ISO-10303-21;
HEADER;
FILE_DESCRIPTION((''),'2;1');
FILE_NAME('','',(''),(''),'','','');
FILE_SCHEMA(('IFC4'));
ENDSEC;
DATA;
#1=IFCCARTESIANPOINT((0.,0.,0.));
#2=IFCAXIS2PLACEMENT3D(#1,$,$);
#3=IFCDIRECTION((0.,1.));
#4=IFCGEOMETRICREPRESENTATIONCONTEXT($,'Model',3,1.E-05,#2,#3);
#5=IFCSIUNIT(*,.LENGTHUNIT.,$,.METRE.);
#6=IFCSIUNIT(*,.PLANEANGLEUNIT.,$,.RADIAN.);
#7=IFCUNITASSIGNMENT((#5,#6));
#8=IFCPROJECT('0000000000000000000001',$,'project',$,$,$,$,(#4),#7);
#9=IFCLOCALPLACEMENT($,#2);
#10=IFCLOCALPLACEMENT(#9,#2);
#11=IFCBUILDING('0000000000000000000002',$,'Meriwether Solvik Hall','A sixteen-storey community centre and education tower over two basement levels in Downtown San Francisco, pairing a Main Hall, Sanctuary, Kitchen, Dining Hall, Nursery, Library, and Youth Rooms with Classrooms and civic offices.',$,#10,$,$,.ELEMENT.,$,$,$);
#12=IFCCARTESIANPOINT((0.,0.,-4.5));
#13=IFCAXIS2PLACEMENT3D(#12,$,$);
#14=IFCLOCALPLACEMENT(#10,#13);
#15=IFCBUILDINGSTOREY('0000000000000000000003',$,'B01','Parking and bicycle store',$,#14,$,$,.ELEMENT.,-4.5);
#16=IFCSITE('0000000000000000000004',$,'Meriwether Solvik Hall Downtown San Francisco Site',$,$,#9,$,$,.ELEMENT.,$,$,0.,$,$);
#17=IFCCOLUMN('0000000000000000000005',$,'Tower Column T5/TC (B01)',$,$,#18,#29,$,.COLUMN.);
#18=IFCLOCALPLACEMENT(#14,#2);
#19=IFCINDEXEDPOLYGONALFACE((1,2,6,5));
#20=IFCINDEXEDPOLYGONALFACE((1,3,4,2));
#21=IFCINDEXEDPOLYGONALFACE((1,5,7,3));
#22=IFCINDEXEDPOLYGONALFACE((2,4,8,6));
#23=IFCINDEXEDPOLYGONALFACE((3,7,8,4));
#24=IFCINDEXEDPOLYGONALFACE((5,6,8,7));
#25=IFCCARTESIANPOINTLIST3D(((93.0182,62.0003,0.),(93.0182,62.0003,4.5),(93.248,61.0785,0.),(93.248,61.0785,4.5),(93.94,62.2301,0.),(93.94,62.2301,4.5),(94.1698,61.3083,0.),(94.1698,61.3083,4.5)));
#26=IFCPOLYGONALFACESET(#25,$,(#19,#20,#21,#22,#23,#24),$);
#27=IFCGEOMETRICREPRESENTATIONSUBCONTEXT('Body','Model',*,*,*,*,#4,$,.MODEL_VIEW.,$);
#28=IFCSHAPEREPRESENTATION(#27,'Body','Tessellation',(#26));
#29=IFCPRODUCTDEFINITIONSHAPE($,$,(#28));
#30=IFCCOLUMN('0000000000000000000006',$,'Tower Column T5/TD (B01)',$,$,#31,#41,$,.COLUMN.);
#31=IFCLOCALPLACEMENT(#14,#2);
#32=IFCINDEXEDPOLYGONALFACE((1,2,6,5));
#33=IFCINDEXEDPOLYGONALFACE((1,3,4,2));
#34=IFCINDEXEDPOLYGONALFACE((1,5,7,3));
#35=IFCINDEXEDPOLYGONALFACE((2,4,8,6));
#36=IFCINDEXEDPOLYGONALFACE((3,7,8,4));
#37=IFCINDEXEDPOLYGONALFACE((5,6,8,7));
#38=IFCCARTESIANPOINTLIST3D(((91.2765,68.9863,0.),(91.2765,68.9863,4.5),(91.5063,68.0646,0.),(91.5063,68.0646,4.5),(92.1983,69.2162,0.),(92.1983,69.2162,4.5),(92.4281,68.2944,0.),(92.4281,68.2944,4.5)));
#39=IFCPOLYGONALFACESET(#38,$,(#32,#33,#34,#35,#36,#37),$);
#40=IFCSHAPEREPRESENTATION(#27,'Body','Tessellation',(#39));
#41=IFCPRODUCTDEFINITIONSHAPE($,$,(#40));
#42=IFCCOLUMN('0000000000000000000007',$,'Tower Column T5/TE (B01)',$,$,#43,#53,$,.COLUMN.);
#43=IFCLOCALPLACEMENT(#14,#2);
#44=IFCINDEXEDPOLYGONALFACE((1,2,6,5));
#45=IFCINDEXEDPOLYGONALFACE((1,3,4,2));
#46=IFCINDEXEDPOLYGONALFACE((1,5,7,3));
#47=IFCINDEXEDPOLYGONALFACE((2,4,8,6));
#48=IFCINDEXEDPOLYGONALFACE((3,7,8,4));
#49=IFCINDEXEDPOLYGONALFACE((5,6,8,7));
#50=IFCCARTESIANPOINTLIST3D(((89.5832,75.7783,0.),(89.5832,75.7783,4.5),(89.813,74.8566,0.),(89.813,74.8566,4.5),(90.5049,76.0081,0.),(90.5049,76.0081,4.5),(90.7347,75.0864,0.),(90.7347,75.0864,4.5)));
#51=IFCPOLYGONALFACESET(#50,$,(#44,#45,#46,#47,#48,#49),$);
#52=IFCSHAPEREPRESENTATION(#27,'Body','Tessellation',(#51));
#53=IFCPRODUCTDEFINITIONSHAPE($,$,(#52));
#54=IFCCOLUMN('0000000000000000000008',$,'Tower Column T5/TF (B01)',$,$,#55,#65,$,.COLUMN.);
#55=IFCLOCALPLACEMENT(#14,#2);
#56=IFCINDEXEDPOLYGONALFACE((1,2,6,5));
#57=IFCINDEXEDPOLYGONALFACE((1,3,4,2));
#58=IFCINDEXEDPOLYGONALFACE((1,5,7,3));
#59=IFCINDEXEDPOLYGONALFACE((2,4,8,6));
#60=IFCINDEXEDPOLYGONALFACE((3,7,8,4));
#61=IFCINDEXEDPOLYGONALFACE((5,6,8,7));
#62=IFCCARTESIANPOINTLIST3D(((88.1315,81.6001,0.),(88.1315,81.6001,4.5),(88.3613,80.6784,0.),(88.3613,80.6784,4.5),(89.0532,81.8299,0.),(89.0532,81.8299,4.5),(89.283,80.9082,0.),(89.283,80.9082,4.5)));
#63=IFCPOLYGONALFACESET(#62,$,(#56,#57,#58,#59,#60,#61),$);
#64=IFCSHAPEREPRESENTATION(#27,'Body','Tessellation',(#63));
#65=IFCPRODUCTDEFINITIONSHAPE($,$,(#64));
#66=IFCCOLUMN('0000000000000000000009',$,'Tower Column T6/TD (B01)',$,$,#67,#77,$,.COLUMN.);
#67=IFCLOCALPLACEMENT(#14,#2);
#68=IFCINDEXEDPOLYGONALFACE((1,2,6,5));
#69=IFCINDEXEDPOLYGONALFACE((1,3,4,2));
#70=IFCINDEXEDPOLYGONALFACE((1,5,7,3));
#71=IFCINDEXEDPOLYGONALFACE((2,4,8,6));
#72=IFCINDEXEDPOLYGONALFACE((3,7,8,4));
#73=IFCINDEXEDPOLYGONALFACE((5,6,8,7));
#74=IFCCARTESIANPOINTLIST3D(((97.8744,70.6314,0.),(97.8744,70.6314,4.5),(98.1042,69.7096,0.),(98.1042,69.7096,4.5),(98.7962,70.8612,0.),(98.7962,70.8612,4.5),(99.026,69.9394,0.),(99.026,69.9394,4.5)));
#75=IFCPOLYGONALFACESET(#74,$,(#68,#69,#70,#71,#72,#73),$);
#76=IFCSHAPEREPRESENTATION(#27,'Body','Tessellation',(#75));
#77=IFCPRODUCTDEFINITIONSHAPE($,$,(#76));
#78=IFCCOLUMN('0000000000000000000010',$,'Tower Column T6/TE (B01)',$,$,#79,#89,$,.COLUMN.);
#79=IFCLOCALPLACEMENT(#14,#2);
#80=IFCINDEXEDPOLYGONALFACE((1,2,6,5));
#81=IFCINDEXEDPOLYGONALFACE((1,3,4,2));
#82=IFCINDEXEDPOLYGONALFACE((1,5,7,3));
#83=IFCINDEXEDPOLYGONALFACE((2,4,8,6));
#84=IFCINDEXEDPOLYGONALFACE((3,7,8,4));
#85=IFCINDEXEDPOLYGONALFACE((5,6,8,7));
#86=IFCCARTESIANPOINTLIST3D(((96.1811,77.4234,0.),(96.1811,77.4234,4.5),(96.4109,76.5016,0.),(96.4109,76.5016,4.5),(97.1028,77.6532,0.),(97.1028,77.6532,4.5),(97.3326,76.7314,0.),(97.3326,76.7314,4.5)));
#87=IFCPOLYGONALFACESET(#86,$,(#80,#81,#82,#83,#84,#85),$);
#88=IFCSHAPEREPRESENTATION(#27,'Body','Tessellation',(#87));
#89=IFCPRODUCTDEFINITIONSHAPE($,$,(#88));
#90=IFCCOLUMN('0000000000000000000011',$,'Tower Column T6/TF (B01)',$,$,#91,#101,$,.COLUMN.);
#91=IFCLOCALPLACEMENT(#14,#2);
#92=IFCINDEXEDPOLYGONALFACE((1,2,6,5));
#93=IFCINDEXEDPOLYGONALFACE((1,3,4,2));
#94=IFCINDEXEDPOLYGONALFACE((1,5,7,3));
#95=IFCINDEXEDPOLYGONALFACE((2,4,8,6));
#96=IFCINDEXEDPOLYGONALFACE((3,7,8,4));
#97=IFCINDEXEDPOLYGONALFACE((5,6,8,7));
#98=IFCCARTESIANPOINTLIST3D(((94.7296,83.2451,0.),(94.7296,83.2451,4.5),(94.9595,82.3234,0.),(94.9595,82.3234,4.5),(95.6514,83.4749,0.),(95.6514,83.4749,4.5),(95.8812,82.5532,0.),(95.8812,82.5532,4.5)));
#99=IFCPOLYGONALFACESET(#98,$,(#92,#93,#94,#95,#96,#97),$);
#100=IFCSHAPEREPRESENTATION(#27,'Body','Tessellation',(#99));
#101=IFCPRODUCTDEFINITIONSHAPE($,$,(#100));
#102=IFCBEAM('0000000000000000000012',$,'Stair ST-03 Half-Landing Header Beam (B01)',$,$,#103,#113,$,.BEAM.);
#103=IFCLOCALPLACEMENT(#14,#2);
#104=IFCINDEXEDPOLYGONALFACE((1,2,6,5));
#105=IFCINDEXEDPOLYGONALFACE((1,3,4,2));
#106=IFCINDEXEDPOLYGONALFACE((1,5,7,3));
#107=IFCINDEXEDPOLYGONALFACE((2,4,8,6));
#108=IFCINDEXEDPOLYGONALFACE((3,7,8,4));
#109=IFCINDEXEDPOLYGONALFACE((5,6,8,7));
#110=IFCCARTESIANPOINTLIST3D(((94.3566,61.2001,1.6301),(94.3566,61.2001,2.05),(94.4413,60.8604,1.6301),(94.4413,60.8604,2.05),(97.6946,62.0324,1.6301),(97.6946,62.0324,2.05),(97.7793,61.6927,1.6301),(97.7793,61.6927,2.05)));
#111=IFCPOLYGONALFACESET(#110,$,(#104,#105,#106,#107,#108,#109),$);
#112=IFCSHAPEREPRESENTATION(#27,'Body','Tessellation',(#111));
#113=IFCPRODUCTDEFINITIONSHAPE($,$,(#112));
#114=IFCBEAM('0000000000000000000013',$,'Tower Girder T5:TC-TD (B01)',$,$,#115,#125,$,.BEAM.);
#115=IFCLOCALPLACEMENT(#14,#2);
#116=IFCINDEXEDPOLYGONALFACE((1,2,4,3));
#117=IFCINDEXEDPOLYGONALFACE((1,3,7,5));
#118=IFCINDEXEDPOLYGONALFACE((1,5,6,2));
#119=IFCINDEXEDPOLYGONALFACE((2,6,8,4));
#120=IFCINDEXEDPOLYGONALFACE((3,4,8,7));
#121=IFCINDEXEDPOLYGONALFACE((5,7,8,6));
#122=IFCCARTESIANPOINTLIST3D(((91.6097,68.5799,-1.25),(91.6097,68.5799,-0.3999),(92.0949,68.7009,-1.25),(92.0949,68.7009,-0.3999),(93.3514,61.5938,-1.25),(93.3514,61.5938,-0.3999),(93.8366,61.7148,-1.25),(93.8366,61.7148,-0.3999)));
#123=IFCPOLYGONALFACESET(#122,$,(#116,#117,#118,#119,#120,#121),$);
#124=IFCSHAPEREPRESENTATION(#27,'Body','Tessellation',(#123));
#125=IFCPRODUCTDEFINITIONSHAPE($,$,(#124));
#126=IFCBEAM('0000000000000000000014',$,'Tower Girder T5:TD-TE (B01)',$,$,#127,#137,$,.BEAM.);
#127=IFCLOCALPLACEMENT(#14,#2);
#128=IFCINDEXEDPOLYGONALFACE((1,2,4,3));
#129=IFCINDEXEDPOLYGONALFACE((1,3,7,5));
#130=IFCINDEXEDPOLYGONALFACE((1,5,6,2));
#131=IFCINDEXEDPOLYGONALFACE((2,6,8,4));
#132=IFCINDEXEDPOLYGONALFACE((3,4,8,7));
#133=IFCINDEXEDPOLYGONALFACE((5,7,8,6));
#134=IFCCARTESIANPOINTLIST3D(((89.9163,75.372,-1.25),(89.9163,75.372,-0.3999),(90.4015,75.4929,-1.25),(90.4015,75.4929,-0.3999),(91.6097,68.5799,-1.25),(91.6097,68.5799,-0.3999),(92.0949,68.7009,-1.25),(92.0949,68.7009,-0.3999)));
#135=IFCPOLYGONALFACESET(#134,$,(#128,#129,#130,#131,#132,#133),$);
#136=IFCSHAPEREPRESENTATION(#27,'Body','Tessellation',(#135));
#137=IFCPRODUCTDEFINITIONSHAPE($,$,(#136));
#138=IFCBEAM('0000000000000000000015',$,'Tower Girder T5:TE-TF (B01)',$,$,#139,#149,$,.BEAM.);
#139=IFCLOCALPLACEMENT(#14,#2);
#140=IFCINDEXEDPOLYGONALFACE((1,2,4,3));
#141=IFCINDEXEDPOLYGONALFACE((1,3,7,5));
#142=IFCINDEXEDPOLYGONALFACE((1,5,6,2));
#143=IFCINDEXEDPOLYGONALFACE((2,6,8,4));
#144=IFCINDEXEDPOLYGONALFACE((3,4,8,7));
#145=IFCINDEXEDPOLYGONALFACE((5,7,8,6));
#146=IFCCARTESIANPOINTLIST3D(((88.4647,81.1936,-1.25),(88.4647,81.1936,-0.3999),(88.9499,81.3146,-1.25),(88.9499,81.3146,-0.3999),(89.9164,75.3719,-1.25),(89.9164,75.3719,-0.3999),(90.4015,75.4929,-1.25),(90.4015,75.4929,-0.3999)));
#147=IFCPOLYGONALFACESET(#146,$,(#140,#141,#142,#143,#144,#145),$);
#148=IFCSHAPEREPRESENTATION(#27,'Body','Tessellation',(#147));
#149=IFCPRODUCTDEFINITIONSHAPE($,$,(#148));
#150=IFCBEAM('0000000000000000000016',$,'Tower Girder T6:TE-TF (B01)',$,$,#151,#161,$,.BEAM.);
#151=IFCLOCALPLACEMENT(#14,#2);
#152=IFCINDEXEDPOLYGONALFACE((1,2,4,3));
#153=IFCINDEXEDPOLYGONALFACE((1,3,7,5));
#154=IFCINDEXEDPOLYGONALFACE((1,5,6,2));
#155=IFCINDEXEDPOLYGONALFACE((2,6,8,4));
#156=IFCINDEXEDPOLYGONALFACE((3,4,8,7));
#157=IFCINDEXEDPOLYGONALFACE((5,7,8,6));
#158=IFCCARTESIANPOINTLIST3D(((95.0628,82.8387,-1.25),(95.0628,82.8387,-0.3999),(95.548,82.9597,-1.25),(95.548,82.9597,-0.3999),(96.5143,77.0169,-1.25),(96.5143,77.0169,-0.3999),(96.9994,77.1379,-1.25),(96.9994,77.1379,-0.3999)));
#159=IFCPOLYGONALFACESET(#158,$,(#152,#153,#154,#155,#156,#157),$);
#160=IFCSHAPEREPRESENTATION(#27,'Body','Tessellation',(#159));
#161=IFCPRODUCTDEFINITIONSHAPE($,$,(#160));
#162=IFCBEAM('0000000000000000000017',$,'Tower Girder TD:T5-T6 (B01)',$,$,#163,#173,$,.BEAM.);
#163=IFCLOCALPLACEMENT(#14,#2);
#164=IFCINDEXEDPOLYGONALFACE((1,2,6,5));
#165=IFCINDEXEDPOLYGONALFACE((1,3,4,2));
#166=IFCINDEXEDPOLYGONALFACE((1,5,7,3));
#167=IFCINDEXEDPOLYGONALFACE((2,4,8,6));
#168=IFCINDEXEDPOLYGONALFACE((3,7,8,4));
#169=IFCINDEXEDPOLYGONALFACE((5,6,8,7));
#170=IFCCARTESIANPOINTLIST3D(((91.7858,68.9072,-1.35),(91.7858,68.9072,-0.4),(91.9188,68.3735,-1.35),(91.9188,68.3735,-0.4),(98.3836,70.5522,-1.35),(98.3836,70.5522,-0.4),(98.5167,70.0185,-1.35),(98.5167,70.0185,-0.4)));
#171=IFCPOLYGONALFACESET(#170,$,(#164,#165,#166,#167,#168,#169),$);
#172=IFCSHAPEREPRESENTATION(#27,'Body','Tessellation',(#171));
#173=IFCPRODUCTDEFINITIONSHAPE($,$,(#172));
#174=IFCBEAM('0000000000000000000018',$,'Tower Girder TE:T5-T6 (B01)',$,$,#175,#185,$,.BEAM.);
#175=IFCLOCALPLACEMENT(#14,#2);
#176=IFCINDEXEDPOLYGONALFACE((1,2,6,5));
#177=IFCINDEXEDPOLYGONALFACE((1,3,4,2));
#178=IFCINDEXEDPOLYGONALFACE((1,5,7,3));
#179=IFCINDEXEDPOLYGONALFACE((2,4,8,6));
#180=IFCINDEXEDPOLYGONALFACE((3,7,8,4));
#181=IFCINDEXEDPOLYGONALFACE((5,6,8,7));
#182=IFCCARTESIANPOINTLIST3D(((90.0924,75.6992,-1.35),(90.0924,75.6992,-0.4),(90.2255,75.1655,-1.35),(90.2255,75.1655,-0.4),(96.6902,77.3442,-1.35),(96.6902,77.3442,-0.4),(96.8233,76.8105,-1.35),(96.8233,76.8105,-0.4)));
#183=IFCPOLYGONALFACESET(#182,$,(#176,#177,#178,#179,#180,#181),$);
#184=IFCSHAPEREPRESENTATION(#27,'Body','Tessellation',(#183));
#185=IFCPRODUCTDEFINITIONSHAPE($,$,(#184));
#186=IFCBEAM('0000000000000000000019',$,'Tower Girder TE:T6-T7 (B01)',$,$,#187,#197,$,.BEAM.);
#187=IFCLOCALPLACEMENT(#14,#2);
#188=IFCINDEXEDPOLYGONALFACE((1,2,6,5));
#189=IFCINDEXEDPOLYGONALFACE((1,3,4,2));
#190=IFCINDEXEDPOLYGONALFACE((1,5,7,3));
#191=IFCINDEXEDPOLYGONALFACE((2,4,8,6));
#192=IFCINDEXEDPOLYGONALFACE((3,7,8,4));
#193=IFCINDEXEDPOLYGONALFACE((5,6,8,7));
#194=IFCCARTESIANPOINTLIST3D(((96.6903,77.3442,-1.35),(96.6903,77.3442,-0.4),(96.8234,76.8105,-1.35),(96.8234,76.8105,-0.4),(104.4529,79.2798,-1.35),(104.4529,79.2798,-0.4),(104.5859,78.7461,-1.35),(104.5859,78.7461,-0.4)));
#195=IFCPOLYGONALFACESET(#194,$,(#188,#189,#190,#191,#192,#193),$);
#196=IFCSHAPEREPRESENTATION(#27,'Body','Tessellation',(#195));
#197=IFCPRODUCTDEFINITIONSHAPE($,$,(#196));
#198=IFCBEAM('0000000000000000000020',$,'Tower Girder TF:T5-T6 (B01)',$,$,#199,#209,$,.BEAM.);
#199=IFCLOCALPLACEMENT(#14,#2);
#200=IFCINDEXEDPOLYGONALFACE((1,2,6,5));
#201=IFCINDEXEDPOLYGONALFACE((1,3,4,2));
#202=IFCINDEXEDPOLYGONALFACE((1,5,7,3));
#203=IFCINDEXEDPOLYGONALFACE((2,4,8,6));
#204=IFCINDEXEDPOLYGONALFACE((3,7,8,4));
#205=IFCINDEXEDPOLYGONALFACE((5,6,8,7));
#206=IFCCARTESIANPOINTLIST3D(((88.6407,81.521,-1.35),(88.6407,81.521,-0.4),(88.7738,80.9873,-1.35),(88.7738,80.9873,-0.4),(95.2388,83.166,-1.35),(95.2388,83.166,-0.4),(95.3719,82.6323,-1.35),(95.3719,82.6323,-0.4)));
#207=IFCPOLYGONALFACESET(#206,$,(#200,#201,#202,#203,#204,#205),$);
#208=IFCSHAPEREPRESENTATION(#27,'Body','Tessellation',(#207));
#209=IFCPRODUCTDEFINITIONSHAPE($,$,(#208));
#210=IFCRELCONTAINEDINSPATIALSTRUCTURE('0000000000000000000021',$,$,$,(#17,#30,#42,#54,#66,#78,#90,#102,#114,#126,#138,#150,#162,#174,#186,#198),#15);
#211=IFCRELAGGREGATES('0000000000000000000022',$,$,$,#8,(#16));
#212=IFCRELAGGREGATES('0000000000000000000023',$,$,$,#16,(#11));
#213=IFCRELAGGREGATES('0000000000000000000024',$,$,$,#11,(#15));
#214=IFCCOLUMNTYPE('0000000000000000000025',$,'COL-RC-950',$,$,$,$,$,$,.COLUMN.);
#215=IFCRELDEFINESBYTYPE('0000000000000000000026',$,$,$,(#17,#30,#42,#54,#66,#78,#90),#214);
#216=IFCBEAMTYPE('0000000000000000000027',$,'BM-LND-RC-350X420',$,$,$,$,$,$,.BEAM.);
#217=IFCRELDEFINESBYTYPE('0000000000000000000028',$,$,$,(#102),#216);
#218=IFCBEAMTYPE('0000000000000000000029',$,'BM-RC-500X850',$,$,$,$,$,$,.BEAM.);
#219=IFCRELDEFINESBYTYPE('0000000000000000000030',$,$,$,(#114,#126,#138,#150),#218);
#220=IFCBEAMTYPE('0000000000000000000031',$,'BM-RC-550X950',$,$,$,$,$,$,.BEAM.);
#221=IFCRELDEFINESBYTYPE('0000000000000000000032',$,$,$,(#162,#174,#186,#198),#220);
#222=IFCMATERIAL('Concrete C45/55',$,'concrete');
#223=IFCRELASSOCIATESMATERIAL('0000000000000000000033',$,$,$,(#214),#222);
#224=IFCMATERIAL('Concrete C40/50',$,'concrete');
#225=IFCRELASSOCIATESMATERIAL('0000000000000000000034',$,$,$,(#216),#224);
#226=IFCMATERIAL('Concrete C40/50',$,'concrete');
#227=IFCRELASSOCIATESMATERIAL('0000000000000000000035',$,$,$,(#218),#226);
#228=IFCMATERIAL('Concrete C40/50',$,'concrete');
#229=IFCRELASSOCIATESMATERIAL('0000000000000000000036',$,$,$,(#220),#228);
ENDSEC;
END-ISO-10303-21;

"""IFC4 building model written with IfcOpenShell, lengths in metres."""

from ifc_helpers import new_model, si_unit, direction, frame, origin, origin_2d, place, context, subcontext, project, spatial, rectangle, extrude, material, material_profile, profile_set, type_object, element, save


model = new_model("IFC4")

# Units and contexts
model_context = context("Model", 3, precision=1e-05, world=origin(), true_north=direction((0.0, 1.0)))
body_context = subcontext(model_context, "Body", "Model", "MODEL_VIEW")
ifc_project = project(units=[si_unit("LENGTHUNIT", "METRE"), si_unit("PLANEANGLEUNIT", "RADIAN")], contexts=[model_context])

# Site, building, storey
site_placement = place(None, origin())
site = spatial("IfcSite", under=ifc_project, at=site_placement, Name="Meriwether Solvik Hall Downtown San Francisco Site", CompositionType="ELEMENT", RefElevation=0.0)
building_placement = place(site_placement, origin())
building = spatial("IfcBuilding", under=site, at=building_placement, Name="Meriwether Solvik Hall", Description="A sixteen-storey community centre and education tower over two basement levels in Downtown San Francisco, pairing a Main Hall, Sanctuary, Kitchen, Dining Hall, Nursery, Library, and Youth Rooms with Classrooms and civic offices.", CompositionType="ELEMENT")
storey_placement = place(building_placement, frame((0.0, 0.0, -4.5)))
storey = spatial("IfcBuildingStorey", under=building, at=storey_placement, Name="B01", Description="Parking and bicycle store", CompositionType="ELEMENT", Elevation=-4.5)

# Columns
ifc_material_1 = material(Name="Concrete C45/55", Category="concrete")
ifc_material_profile_1 = material_profile(ifc_material_1, rectangle(XDim=0.95, YDim=0.95, at=origin_2d()), Name="RCC-950X950")
ifc_profile_set_1 = profile_set([ifc_material_profile_1], Name="Concrete C45/55")
column_type = type_object("IfcColumnType", Name="COL-RC-950", PredefinedType="COLUMN", material=ifc_profile_set_1)
for number, where, z_axis, x_axis, name in (
    (1, (93.594, 61.6543, 0.0), (0.0, 0.0, 1.0), (0.970296, 0.241922, 0.0), "Tower Column T5/TC (B01)"),
    (2, (91.8523, 68.6404, 0.0), (0.0, 0.0, 1.0), (0.970296, 0.241922, 0.0), "Tower Column T5/TD (B01)"),
    (3, (90.1589, 75.4324, 0.0), (0.0, 0.0, 1.0), (0.970296, 0.241922, 0.0), "Tower Column T5/TE (B01)"),
    (4, (88.7073, 81.2542, 0.0), (0.0, 0.0, 1.0), (0.970296, 0.241922, 0.0), "Tower Column T5/TF (B01)"),
    (5, (98.4502, 70.2854, 0.0), (0.0, 0.0, 1.0), (0.970296, 0.241922, 0.0), "Tower Column T6/TD (B01)"),
    (6, (96.7568, 77.0774, 0.0), (0.0, 0.0, 1.0), (0.970296, 0.241922, 0.0), "Tower Column T6/TE (B01)"),
    (7, (95.3054, 82.8992, 0.0), (0.0, 0.0, 1.0), (0.970296, 0.241922, 0.0), "Tower Column T6/TF (B01)"),
):
    element("IfcColumn", number, at=place(storey_placement, frame(where, z_axis=z_axis, x_axis=x_axis)), inside=storey, type_object=column_type, Name=name, PredefinedType="COLUMN", context=body_context, shape_type="SweptSolid", body=[
        extrude(rectangle(XDim=0.95, YDim=0.95, at=origin_2d()), origin(), (0.0, 0.0, 1.0), 4.5),
    ])

# Beams
ifc_material_2 = material(Name="Concrete C40/50", Category="concrete")
ifc_material_profile_2 = material_profile(ifc_material_2, rectangle(XDim=0.3501, YDim=0.4199, at=origin_2d()), Name="RCB-350X420")
ifc_profile_set_2 = profile_set([ifc_material_profile_2], Name="Concrete C40/50")
beam_type_1 = type_object("IfcBeamType", Name="BM-LND-RC-350X420", PredefinedType="BEAM", material=ifc_profile_set_2)
beam_1_placement = place(storey_placement, frame((94.3989, 61.0303, 1.8401), z_axis=(0.970293, 0.241934, 0.0), x_axis=(-0.241934, 0.970293, 0.0)))
element("IfcBeam", 8, at=beam_1_placement, inside=storey, type_object=beam_type_1, Name="Stair ST-03 Half-Landing Header Beam (B01)", PredefinedType="BEAM", context=body_context, shape_type="SweptSolid", body=[
    extrude(rectangle(XDim=0.3501, YDim=0.4199, at=origin_2d()), origin(), (0.0, 0.0, 1.0), 3.4402),
])
ifc_material_3 = material(Name="Concrete C40/50", Category="concrete")
ifc_material_profile_3 = material_profile(ifc_material_3, rectangle(XDim=0.5, YDim=0.8501, at=origin_2d()), Name="RCB-500X850")
ifc_profile_set_3 = profile_set([ifc_material_profile_3], Name="Concrete C40/50")
beam_type_2 = type_object("IfcBeamType", Name="BM-RC-500X850", PredefinedType="BEAM", material=ifc_profile_set_3)
beam_2_placement = place(storey_placement, frame((93.594, 61.6543, -0.825), z_axis=(-0.241905, 0.9703, 0.0), x_axis=(-0.9703, -0.241905, 0.0)))
element("IfcBeam", 9, at=beam_2_placement, inside=storey, type_object=beam_type_2, Name="Tower Girder T5:TC-TD (B01)", PredefinedType="BEAM", context=body_context, shape_type="SweptSolid", body=[
    extrude(rectangle(XDim=0.5, YDim=0.8501, at=origin_2d()), origin(), (0.0, 0.0, 1.0), 7.2),
])
beam_3_placement = place(storey_placement, frame((91.8523, 68.6404, -0.825), z_axis=(-0.241912, 0.970298, 0.0), x_axis=(-0.970298, -0.241912, 0.0)))
element("IfcBeam", 10, at=beam_3_placement, inside=storey, type_object=beam_type_2, Name="Tower Girder T5:TD-TE (B01)", PredefinedType="BEAM", context=body_context, shape_type="SweptSolid", body=[
    extrude(rectangle(XDim=0.5, YDim=0.8501, at=origin_2d()), origin(), (0.0, 0.0, 1.0), 7.0),
])
for number, where, z_axis, x_axis, name in (
    (11, (90.1589, 75.4324, -0.825), (-0.241942, 0.970291, 0.0), (-0.970291, -0.241942, 0.0), "Tower Girder T5:TE-TF (B01)"),
    (12, (96.7568, 77.0774, -0.825), (-0.241904, 0.9703, 0.0), (-0.9703, -0.241904, 0.0), "Tower Girder T6:TE-TF (B01)"),
):
    element("IfcBeam", number, at=place(storey_placement, frame(where, z_axis=z_axis, x_axis=x_axis)), inside=storey, type_object=beam_type_2, Name=name, PredefinedType="BEAM", context=body_context, shape_type="SweptSolid", body=[
        extrude(rectangle(XDim=0.5, YDim=0.8501, at=origin_2d()), origin(), (0.0, 0.0, 1.0), 6.0),
    ])
ifc_material_4 = material(Name="Concrete C40/50", Category="concrete")
ifc_material_profile_4 = material_profile(ifc_material_4, rectangle(XDim=0.55, YDim=0.95, at=origin_2d()), Name="RCB-550X950")
ifc_profile_set_4 = profile_set([ifc_material_profile_4], Name="Concrete C40/50")
beam_type_3 = type_object("IfcBeamType", Name="BM-RC-550X950", PredefinedType="BEAM", material=ifc_profile_set_4)
for number, where, z_axis, x_axis, name in (
    (13, (91.8523, 68.6404, -0.875), (0.970296, 0.241919, 0.0), (-0.241919, 0.970296, 0.0), "Tower Girder TD:T5-T6 (B01)"),
    (14, (90.1589, 75.4324, -0.875), (0.970296, 0.241919, 0.0), (-0.241919, 0.970296, 0.0), "Tower Girder TE:T5-T6 (B01)"),
):
    element("IfcBeam", number, at=place(storey_placement, frame(where, z_axis=z_axis, x_axis=x_axis)), inside=storey, type_object=beam_type_3, Name=name, PredefinedType="BEAM", context=body_context, shape_type="SweptSolid", body=[
        extrude(rectangle(XDim=0.55, YDim=0.95, at=origin_2d()), origin(), (0.0, 0.0, 1.0), 6.7998),
    ])
beam_4_placement = place(storey_placement, frame((96.7568, 77.0774, -0.875), z_axis=(0.970291, 0.24194, 0.0), x_axis=(-0.24194, 0.970291, 0.0)))
element("IfcBeam", 15, at=beam_4_placement, inside=storey, type_object=beam_type_3, Name="Tower Girder TE:T6-T7 (B01)", PredefinedType="BEAM", context=body_context, shape_type="SweptSolid", body=[
    extrude(rectangle(XDim=0.55, YDim=0.95, at=origin_2d()), origin(), (0.0, 0.0, 1.0), 8.0002),
])
beam_5_placement = place(storey_placement, frame((88.7073, 81.2542, -0.875), z_axis=(0.970299, 0.24191, 0.0), x_axis=(-0.24191, 0.970299, 0.0)))
element("IfcBeam", 16, at=beam_5_placement, inside=storey, type_object=beam_type_3, Name="Tower Girder TF:T5-T6 (B01)", PredefinedType="BEAM", context=body_context, shape_type="SweptSolid", body=[
    extrude(rectangle(XDim=0.55, YDim=0.95, at=origin_2d()), origin(), (0.0, 0.0, 1.0), 6.8),
])

save(model, "model.ifc")
